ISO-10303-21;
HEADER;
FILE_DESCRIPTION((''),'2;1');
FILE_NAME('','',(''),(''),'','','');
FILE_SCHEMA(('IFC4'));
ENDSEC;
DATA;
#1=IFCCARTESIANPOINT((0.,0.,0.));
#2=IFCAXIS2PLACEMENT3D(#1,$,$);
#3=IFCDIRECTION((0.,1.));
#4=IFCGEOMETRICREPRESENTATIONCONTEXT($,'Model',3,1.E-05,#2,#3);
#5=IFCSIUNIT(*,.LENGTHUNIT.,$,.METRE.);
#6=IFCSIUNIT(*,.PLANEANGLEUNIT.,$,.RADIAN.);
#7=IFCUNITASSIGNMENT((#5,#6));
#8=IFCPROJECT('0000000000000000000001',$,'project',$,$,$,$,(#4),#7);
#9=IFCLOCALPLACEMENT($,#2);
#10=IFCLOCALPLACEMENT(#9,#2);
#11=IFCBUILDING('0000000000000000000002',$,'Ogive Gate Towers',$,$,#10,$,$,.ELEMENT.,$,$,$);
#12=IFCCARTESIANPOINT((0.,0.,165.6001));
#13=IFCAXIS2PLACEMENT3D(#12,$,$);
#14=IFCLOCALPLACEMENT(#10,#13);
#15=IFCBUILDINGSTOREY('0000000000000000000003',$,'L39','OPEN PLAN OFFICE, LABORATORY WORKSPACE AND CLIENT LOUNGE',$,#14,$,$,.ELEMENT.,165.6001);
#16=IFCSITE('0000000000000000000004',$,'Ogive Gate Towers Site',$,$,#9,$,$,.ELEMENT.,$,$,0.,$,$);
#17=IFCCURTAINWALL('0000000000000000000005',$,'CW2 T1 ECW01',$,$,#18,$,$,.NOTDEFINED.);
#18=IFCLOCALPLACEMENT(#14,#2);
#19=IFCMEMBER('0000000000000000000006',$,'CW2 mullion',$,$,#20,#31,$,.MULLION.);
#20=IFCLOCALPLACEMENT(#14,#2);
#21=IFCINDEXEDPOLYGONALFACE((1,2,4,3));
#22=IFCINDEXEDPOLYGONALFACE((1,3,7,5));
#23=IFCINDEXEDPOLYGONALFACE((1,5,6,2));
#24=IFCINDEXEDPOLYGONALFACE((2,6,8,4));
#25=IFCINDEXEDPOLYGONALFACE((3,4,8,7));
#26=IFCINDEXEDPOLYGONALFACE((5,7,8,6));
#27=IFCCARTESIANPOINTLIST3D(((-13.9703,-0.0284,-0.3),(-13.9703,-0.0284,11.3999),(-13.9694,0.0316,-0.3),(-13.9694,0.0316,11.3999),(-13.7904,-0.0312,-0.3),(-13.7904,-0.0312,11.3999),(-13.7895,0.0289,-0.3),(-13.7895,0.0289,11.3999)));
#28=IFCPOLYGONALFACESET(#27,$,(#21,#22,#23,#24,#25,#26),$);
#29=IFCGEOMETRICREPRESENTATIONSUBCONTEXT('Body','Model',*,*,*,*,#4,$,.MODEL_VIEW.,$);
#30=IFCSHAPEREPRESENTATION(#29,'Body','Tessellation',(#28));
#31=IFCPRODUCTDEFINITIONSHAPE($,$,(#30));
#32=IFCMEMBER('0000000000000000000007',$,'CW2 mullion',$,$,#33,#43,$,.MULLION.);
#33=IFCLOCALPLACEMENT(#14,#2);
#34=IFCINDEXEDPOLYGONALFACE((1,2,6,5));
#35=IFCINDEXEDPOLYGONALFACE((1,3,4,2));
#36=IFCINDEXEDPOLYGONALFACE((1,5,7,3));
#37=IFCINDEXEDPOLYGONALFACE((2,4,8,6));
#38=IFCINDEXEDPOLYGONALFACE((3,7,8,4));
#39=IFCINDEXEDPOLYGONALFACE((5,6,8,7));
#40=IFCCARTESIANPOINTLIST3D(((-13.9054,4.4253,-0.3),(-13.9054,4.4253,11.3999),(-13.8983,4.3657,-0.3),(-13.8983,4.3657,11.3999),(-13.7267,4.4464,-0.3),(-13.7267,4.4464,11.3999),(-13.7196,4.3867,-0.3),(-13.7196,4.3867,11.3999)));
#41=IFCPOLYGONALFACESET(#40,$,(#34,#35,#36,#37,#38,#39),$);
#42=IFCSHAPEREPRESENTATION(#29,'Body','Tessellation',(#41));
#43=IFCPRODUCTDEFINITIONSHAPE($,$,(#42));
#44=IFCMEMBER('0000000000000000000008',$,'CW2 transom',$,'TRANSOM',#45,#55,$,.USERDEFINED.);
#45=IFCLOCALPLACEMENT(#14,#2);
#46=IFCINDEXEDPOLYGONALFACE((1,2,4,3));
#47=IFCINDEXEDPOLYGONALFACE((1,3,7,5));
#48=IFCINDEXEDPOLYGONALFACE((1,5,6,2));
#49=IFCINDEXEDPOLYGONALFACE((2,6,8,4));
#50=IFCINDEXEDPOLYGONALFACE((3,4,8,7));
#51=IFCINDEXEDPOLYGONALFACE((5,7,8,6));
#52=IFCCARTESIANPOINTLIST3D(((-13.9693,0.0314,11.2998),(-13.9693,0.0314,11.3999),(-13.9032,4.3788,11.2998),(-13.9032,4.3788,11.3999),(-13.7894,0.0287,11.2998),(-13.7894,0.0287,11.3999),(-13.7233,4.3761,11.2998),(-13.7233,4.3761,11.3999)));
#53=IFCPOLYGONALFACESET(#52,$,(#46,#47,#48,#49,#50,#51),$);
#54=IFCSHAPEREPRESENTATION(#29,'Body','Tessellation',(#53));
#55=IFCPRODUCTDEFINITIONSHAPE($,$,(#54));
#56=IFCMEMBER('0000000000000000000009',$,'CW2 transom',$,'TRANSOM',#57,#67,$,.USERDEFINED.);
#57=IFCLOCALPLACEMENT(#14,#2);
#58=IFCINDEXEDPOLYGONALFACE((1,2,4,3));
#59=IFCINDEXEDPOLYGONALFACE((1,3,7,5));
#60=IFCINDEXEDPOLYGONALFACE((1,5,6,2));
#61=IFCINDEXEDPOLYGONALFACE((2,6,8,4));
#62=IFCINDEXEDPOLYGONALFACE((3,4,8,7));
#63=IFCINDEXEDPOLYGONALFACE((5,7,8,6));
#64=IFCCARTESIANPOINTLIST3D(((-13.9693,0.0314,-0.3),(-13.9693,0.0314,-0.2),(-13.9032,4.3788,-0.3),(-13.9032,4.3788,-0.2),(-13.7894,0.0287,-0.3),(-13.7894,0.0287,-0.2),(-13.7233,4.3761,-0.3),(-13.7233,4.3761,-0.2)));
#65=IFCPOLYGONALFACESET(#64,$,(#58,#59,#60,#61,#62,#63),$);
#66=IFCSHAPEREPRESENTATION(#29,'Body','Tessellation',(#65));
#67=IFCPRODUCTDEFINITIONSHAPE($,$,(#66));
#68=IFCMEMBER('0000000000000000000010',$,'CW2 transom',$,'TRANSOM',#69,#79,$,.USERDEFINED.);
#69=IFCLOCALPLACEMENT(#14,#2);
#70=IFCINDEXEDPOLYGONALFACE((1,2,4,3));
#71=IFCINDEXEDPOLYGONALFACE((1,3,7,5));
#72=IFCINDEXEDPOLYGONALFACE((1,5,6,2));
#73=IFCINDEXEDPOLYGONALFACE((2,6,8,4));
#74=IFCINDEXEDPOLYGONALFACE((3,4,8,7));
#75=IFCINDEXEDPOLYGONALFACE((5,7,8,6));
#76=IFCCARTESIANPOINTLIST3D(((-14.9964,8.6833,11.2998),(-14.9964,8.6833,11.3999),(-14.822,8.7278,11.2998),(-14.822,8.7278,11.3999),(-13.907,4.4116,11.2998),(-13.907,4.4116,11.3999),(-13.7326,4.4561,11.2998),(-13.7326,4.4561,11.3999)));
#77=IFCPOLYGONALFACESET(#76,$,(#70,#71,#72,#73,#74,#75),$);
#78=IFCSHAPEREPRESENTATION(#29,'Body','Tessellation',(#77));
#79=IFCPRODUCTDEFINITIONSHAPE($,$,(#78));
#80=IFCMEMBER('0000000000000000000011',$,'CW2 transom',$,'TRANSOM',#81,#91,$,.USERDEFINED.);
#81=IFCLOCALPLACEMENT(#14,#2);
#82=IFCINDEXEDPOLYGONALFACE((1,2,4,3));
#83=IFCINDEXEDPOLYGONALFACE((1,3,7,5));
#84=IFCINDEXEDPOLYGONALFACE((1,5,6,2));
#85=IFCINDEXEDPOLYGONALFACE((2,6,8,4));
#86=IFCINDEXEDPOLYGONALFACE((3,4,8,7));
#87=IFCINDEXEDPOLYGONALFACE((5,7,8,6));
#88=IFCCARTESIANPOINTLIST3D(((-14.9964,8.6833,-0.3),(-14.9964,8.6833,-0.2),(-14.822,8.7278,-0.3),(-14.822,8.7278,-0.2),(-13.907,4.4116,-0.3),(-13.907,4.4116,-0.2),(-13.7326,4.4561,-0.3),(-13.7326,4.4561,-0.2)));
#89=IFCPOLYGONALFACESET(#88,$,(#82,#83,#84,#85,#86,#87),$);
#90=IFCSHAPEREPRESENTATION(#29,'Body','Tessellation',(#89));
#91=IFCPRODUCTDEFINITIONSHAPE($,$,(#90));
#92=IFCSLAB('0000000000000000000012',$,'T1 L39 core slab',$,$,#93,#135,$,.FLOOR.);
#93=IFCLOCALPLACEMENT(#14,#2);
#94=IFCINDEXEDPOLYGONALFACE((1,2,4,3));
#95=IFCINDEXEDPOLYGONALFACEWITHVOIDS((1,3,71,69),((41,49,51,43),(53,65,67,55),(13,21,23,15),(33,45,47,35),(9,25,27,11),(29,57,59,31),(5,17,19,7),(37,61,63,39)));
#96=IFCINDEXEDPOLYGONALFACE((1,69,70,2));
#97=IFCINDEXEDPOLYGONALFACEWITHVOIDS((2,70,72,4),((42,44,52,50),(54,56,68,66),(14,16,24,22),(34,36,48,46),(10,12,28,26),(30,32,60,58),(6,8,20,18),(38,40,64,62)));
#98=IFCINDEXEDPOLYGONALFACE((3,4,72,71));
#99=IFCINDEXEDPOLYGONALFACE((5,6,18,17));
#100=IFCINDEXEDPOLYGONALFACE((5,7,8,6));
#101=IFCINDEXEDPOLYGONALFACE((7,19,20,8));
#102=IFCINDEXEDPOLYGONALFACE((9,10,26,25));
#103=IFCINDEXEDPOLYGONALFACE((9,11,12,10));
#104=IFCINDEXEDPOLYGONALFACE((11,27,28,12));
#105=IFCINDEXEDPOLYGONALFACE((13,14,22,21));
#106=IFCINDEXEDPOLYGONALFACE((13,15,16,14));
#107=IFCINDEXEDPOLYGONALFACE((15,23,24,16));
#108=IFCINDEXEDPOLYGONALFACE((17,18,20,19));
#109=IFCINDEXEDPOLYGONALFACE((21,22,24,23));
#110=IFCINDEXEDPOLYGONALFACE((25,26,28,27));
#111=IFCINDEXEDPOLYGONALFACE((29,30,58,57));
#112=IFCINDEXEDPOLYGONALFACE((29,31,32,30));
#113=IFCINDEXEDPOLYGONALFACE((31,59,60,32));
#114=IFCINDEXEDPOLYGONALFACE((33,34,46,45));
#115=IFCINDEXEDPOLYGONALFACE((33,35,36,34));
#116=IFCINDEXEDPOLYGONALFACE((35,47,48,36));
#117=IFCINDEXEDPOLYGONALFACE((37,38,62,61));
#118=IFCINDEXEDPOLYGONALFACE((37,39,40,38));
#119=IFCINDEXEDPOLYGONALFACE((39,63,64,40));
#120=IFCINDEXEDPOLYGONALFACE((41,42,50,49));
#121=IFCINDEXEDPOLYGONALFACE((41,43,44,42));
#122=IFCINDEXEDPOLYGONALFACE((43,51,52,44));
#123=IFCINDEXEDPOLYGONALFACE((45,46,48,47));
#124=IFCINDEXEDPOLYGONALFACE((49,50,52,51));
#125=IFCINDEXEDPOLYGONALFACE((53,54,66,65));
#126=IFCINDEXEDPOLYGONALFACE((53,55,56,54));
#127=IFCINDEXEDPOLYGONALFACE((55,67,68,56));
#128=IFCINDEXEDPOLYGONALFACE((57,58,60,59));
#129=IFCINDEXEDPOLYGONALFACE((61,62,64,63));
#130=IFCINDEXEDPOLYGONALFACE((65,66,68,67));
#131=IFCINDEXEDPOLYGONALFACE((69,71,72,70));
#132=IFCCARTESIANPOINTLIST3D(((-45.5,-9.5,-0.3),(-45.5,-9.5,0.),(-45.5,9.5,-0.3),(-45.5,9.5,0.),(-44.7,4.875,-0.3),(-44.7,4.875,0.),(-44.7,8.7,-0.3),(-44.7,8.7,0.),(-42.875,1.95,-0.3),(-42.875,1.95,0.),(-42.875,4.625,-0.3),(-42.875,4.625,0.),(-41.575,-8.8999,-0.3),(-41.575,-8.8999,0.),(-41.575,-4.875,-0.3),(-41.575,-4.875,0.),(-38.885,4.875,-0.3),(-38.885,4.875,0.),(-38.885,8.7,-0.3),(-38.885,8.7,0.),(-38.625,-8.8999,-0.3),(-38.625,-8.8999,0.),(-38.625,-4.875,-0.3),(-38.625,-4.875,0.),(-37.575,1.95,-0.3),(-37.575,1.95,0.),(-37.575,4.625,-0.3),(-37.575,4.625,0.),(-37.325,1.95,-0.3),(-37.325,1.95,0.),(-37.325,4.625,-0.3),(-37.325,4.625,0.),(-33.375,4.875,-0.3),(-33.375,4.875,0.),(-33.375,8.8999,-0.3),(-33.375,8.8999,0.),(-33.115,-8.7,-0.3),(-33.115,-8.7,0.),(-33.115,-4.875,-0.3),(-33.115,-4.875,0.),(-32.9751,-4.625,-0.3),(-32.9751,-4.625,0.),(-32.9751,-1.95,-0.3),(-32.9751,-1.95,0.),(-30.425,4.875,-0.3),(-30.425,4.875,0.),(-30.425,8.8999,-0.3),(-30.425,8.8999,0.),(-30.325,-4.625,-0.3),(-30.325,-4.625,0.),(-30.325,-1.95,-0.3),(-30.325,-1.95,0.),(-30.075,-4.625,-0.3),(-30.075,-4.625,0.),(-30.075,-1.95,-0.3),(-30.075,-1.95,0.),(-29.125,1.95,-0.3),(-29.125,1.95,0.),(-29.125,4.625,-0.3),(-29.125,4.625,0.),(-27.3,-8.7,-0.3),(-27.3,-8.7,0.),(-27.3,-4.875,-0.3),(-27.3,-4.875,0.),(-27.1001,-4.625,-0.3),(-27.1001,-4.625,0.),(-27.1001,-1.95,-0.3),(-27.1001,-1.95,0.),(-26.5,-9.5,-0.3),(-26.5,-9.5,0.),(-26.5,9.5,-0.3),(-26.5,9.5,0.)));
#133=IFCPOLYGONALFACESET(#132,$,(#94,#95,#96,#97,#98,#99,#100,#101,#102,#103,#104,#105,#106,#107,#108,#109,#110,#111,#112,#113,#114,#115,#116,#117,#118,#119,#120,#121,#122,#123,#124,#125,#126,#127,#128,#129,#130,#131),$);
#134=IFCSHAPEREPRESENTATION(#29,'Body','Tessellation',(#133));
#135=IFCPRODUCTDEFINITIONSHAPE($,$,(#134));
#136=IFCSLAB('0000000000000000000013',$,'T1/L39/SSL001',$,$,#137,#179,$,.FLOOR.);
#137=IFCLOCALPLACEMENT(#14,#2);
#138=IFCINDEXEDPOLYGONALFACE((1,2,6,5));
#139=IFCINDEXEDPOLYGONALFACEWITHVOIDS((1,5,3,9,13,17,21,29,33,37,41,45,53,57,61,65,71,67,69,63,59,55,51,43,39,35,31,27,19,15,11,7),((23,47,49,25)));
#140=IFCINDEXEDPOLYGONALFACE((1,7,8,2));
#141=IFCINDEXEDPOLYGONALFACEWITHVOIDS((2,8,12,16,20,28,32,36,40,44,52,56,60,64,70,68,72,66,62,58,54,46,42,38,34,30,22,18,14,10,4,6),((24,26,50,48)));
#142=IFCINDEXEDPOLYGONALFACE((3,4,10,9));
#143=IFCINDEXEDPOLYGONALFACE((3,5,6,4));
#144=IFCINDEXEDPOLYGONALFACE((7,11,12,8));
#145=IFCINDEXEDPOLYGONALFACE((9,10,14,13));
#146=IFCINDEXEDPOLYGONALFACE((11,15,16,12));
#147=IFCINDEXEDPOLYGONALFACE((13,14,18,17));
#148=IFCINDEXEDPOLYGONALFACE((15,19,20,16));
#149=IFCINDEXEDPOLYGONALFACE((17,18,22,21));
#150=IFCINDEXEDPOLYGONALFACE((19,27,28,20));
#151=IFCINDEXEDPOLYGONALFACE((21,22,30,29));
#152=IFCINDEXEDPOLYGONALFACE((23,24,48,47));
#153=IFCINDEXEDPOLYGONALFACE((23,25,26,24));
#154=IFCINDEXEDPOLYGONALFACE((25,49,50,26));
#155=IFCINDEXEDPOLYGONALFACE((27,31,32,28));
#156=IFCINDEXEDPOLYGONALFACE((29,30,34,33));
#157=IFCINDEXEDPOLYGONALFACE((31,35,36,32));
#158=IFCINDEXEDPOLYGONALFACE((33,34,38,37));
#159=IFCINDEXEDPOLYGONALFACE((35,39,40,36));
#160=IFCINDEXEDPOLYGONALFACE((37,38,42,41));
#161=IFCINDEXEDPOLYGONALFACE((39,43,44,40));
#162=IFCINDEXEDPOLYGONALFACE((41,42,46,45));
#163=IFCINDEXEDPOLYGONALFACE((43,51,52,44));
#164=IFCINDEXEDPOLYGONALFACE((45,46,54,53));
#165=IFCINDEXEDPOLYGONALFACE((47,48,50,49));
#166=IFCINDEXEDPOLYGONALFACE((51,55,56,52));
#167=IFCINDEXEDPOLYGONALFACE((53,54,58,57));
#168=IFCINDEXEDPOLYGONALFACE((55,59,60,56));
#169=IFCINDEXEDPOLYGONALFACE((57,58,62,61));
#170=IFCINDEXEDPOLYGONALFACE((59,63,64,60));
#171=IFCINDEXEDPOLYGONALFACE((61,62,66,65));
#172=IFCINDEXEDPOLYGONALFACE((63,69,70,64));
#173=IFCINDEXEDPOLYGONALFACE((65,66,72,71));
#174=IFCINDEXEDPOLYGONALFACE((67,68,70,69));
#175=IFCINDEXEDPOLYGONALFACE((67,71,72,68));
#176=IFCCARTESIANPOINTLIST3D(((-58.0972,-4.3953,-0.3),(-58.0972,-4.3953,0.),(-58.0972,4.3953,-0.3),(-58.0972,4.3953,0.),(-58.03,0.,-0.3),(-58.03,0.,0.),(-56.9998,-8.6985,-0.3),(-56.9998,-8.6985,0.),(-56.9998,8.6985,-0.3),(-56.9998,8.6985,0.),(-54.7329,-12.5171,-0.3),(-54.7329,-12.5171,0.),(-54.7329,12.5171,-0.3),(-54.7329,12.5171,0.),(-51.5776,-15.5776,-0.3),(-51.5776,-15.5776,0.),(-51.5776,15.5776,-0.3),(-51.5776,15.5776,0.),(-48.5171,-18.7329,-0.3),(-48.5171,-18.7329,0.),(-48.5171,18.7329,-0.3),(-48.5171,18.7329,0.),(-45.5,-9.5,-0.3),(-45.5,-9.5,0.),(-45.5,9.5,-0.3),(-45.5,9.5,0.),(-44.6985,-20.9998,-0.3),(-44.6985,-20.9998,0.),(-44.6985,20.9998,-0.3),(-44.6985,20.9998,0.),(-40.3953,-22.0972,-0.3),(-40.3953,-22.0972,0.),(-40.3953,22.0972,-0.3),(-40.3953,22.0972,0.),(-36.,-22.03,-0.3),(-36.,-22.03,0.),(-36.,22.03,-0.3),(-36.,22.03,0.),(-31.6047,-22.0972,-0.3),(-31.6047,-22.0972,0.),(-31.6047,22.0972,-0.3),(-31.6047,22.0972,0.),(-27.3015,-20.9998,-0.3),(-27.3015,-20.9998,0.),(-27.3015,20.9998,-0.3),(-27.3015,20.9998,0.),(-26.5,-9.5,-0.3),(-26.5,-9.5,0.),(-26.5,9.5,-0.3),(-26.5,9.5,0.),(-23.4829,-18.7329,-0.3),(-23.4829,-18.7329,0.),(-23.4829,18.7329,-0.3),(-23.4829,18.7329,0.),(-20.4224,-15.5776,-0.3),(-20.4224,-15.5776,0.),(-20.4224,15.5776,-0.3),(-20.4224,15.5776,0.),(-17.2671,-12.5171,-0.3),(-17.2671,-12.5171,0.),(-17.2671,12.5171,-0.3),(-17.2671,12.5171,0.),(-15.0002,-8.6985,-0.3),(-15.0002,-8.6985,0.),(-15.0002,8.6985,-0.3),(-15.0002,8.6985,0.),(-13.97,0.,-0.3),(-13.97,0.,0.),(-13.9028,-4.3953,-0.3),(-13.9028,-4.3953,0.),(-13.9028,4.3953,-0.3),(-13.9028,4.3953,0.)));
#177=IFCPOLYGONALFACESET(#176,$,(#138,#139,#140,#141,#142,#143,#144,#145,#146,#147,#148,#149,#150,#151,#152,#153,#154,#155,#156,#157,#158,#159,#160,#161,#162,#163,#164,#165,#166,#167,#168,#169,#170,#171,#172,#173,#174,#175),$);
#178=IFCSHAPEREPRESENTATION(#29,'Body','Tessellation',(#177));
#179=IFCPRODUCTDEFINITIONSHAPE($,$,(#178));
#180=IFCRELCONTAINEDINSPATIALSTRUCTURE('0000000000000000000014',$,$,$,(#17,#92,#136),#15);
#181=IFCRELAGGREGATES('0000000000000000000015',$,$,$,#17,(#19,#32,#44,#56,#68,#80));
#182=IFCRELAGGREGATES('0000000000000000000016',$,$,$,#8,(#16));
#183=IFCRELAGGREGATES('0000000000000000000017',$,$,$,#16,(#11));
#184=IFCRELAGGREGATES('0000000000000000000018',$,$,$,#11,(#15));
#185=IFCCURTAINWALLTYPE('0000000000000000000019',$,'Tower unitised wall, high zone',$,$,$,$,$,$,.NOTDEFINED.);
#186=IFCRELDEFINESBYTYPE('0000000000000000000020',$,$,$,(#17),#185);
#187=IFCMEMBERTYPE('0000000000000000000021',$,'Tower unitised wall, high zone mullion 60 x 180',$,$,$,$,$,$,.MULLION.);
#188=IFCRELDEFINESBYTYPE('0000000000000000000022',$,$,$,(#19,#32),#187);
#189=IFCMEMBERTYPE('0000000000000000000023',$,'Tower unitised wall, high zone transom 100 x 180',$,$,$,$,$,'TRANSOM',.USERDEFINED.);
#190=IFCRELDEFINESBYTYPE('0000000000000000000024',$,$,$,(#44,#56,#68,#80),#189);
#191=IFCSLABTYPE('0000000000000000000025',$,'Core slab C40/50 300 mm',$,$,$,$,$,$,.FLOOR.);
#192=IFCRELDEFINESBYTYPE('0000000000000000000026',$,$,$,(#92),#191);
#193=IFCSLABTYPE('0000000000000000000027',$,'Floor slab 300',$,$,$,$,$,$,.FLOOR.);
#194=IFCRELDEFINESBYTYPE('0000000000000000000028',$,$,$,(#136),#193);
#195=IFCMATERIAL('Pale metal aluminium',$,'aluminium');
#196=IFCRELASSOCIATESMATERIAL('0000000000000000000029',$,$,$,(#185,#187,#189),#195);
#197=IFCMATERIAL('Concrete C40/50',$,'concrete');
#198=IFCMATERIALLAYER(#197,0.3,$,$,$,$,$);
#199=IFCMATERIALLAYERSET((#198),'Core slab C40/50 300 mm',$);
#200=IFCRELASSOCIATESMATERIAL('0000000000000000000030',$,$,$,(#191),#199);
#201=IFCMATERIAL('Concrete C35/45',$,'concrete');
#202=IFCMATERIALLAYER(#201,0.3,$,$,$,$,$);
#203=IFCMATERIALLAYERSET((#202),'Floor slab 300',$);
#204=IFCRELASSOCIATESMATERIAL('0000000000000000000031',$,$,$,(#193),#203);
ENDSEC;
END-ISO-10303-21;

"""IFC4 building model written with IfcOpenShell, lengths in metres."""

from ifc_helpers import new_model, si_unit, direction, frame, origin, origin_2d, place, context, subcontext, project, spatial, polyline, rectangle, outline, extrude, material, layer, layer_set, material_profile, profile_set, type_object, element, aggregate, save


model = new_model("IFC4")

# Units and contexts
model_context = context("Model", 3, precision=1e-05, world=origin(), true_north=direction((0.0, 1.0)))
body_context = subcontext(model_context, "Body", "Model", "MODEL_VIEW")
ifc_project = project(units=[si_unit("LENGTHUNIT", "METRE"), si_unit("PLANEANGLEUNIT", "RADIAN")], contexts=[model_context])

# Site, building, storey
site_placement = place(None, origin())
site = spatial("IfcSite", under=ifc_project, at=site_placement, Name="Ogive Gate Towers Site", CompositionType="ELEMENT", RefElevation=0.0)
building_placement = place(site_placement, origin())
building = spatial("IfcBuilding", under=site, at=building_placement, Name="Ogive Gate Towers", CompositionType="ELEMENT")
storey_placement = place(building_placement, frame((0.0, 0.0, 165.6001)))
storey = spatial("IfcBuildingStorey", under=building, at=storey_placement, Name="L39", Description="OPEN PLAN OFFICE, LABORATORY WORKSPACE AND CLIENT LOUNGE", CompositionType="ELEMENT", Elevation=165.6001)

# Curtain wall, members
ifc_material_1 = material(Name="Pale metal aluminium", Category="aluminium")
curtain_wall_type = type_object("IfcCurtainWallType", Name="Tower unitised wall, high zone", PredefinedType="NOTDEFINED", material=ifc_material_1)
curtain_wall_placement = place(storey_placement, origin())
curtain_wall = element("IfcCurtainWall", 1, at=curtain_wall_placement, inside=storey, type_object=curtain_wall_type, Name="CW2 T1 ECW01", PredefinedType="NOTDEFINED")
ifc_material_profile_1 = material_profile(ifc_material_1, rectangle(XDim=0.1799, YDim=0.0601, at=origin_2d()), Name="60 x 180 aluminium box")
ifc_profile_set_1 = profile_set([ifc_material_profile_1], Name="Pale metal aluminium")
member_type_1 = type_object("IfcMemberType", Name="Tower unitised wall, high zone mullion 60 x 180", PredefinedType="MULLION", material=ifc_profile_set_1)
member_1_placement = place(storey_placement, frame((-13.8799, 0.0002, -0.3), z_axis=(0.0, 0.0, 1.0), x_axis=(0.999883, -0.015271, 0.0)))
member_1 = element("IfcMember", 2, at=member_1_placement, type_object=member_type_1, Name="CW2 mullion", PredefinedType="MULLION", context=body_context, shape_type="SweptSolid", body=[
    extrude(rectangle(XDim=0.1799, YDim=0.0601, at=origin_2d()), origin(), (0.0, 0.0, 1.0), 11.7),
])
member_2_placement = place(storey_placement, frame((-13.8125, 4.406, -0.3), z_axis=(0.0, 0.0, 1.0), x_axis=(0.993138, 0.116948, 0.0)))
member_2 = element("IfcMember", 3, at=member_2_placement, type_object=member_type_1, Name="CW2 mullion", PredefinedType="MULLION", context=body_context, shape_type="SweptSolid", body=[
    extrude(rectangle(XDim=0.1799, YDim=0.0601, at=origin_2d()), origin(), (0.0, 0.0, 1.0), 11.7),
])
ifc_material_profile_2 = material_profile(ifc_material_1, rectangle(XDim=0.1799, YDim=0.1001, at=origin_2d()), Name="100 x 180 aluminium box")
ifc_profile_set_2 = profile_set([ifc_material_profile_2], Name="Pale metal aluminium")
member_type_2 = type_object("IfcMemberType", Name="Tower unitised wall, high zone transom 100 x 180", ElementType="TRANSOM", PredefinedType="USERDEFINED", material=ifc_profile_set_2)
member_3_placement = place(storey_placement, frame((-13.8794, 0.03, 11.3499), z_axis=(0.015217, 0.999884, 0.0), x_axis=(-0.999884, 0.015217, 0.0)))
member_3 = element("IfcMember", 4, at=member_3_placement, type_object=member_type_2, Name="CW2 transom", ObjectType="TRANSOM", PredefinedType="USERDEFINED", context=body_context, shape_type="SweptSolid", body=[
    extrude(rectangle(XDim=0.1799, YDim=0.1001, at=origin_2d()), origin(), (0.0, 0.0, 1.0), 4.3479),
])
member_4_placement = place(storey_placement, frame((-13.8794, 0.03, -0.25), z_axis=(0.015217, 0.999884, 0.0), x_axis=(-0.999884, 0.015217, 0.0)))
member_4 = element("IfcMember", 5, at=member_4_placement, type_object=member_type_2, Name="CW2 transom", ObjectType="TRANSOM", PredefinedType="USERDEFINED", context=body_context, shape_type="SweptSolid", body=[
    extrude(rectangle(XDim=0.1799, YDim=0.1001, at=origin_2d()), origin(), (0.0, 0.0, 1.0), 4.3479),
])
member_5_placement = place(storey_placement, frame((-13.8198, 4.4338, 11.3499), z_axis=(-0.247107, 0.968988, 0.0), x_axis=(-0.968988, -0.247107, 0.0)))
member_5 = element("IfcMember", 6, at=member_5_placement, type_object=member_type_2, Name="CW2 transom", ObjectType="TRANSOM", PredefinedType="USERDEFINED", context=body_context, shape_type="SweptSolid", body=[
    extrude(rectangle(XDim=0.1799, YDim=0.1001, at=origin_2d()), origin(), (0.0, 0.0, 1.0), 4.4084),
])
member_6_placement = place(storey_placement, frame((-13.8198, 4.4338, -0.25), z_axis=(-0.247107, 0.968988, 0.0), x_axis=(-0.968988, -0.247107, 0.0)))
member_6 = element("IfcMember", 7, at=member_6_placement, type_object=member_type_2, Name="CW2 transom", ObjectType="TRANSOM", PredefinedType="USERDEFINED", context=body_context, shape_type="SweptSolid", body=[
    extrude(rectangle(XDim=0.1799, YDim=0.1001, at=origin_2d()), origin(), (0.0, 0.0, 1.0), 4.4084),
])

# Slabs
ifc_material_2 = material(Name="Concrete C40/50", Category="concrete")
ifc_layer_1 = layer(ifc_material_2, 0.3)
ifc_layer_set_1 = layer_set([ifc_layer_1], Name="Core slab C40/50 300 mm")
slab_type_1 = type_object("IfcSlabType", Name="Core slab C40/50 300 mm", PredefinedType="FLOOR", material=ifc_layer_set_1)
slab_1_placement = place(storey_placement, frame((0.0, 0.0, -0.3)))
element("IfcSlab", 8, at=slab_1_placement, inside=storey, type_object=slab_type_1, Name="T1 L39 core slab", PredefinedType="FLOOR", context=body_context, shape_type="SweptSolid", body=[
    extrude(outline(polyline([(-45.5, -9.5), (-45.5, 9.5), (-26.5, 9.5), (-26.5, -9.5), (-45.5, -9.5)]), holes=[polyline([(-42.875, 1.95), (-37.575, 1.95), (-37.575, 4.625), (-42.875, 4.625), (-42.875, 1.95)]), polyline([(-37.325, 4.625), (-37.325, 1.95), (-29.125, 1.95), (-29.125, 4.625), (-37.325, 4.625)]), polyline([(-30.325, -1.95), (-32.9751, -1.95), (-32.9751, -4.625), (-30.325, -4.625), (-30.325, -1.95)]), polyline([(-27.1001, -4.625), (-27.1001, -1.95), (-30.075, -1.95), (-30.075, -4.625), (-27.1001, -4.625)]), polyline([(-33.375, 4.875), (-30.425, 4.875), (-30.425, 8.8999), (-33.375, 8.8999), (-33.375, 4.875)]), polyline([(-41.575, -4.875), (-41.575, -8.8999), (-38.625, -8.8999), (-38.625, -4.875), (-41.575, -4.875)]), polyline([(-44.7, 4.875), (-38.885, 4.875), (-38.885, 8.7), (-44.7, 8.7), (-44.7, 4.875)]), polyline([(-27.3, -8.7), (-27.3, -4.875), (-33.115, -4.875), (-33.115, -8.7), (-27.3, -8.7)])]), origin(), (0.0, 0.0, 1.0), 0.3),
])
ifc_material_3 = material(Name="Concrete C35/45", Category="concrete")
ifc_layer_2 = layer(ifc_material_3, 0.3)
ifc_layer_set_2 = layer_set([ifc_layer_2], Name="Floor slab 300")
slab_type_2 = type_object("IfcSlabType", Name="Floor slab 300", PredefinedType="FLOOR", material=ifc_layer_set_2)
slab_2_placement = place(storey_placement, frame((0.0, 0.0, -0.3)))
element("IfcSlab", 9, at=slab_2_placement, inside=storey, type_object=slab_type_2, Name="T1/L39/SSL001", PredefinedType="FLOOR", context=body_context, shape_type="SweptSolid", body=[
    extrude(outline(polyline([(-13.9028, -4.3953), (-13.97, 0.0), (-13.9028, 4.3953), (-15.0002, 8.6985), (-17.2671, 12.5171), (-20.4224, 15.5776), (-23.4829, 18.7329), (-27.3015, 20.9998), (-31.6047, 22.0972), (-36.0, 22.03), (-40.3953, 22.0972), (-44.6985, 20.9998), (-48.5171, 18.7329), (-51.5776, 15.5776), (-54.7329, 12.5171), (-56.9998, 8.6985), (-58.0972, 4.3953), (-58.03, 0.0), (-58.0972, -4.3953), (-56.9998, -8.6985), (-54.7329, -12.5171), (-51.5776, -15.5776), (-48.5171, -18.7329), (-44.6985, -20.9998), (-40.3953, -22.0972), (-36.0, -22.03), (-31.6047, -22.0972), (-27.3015, -20.9998), (-23.4829, -18.7329), (-20.4224, -15.5776), (-17.2671, -12.5171), (-15.0002, -8.6985), (-13.9028, -4.3953)]), holes=[polyline([(-26.5, -9.5), (-45.5, -9.5), (-45.5, 9.5), (-26.5, 9.5), (-26.5, -9.5)])]), origin(), (0.0, 0.0, 1.0), 0.3),
])

aggregate(curtain_wall, [member_1, member_2, member_3, member_4, member_5, member_6])

save(model, "model.ifc")
